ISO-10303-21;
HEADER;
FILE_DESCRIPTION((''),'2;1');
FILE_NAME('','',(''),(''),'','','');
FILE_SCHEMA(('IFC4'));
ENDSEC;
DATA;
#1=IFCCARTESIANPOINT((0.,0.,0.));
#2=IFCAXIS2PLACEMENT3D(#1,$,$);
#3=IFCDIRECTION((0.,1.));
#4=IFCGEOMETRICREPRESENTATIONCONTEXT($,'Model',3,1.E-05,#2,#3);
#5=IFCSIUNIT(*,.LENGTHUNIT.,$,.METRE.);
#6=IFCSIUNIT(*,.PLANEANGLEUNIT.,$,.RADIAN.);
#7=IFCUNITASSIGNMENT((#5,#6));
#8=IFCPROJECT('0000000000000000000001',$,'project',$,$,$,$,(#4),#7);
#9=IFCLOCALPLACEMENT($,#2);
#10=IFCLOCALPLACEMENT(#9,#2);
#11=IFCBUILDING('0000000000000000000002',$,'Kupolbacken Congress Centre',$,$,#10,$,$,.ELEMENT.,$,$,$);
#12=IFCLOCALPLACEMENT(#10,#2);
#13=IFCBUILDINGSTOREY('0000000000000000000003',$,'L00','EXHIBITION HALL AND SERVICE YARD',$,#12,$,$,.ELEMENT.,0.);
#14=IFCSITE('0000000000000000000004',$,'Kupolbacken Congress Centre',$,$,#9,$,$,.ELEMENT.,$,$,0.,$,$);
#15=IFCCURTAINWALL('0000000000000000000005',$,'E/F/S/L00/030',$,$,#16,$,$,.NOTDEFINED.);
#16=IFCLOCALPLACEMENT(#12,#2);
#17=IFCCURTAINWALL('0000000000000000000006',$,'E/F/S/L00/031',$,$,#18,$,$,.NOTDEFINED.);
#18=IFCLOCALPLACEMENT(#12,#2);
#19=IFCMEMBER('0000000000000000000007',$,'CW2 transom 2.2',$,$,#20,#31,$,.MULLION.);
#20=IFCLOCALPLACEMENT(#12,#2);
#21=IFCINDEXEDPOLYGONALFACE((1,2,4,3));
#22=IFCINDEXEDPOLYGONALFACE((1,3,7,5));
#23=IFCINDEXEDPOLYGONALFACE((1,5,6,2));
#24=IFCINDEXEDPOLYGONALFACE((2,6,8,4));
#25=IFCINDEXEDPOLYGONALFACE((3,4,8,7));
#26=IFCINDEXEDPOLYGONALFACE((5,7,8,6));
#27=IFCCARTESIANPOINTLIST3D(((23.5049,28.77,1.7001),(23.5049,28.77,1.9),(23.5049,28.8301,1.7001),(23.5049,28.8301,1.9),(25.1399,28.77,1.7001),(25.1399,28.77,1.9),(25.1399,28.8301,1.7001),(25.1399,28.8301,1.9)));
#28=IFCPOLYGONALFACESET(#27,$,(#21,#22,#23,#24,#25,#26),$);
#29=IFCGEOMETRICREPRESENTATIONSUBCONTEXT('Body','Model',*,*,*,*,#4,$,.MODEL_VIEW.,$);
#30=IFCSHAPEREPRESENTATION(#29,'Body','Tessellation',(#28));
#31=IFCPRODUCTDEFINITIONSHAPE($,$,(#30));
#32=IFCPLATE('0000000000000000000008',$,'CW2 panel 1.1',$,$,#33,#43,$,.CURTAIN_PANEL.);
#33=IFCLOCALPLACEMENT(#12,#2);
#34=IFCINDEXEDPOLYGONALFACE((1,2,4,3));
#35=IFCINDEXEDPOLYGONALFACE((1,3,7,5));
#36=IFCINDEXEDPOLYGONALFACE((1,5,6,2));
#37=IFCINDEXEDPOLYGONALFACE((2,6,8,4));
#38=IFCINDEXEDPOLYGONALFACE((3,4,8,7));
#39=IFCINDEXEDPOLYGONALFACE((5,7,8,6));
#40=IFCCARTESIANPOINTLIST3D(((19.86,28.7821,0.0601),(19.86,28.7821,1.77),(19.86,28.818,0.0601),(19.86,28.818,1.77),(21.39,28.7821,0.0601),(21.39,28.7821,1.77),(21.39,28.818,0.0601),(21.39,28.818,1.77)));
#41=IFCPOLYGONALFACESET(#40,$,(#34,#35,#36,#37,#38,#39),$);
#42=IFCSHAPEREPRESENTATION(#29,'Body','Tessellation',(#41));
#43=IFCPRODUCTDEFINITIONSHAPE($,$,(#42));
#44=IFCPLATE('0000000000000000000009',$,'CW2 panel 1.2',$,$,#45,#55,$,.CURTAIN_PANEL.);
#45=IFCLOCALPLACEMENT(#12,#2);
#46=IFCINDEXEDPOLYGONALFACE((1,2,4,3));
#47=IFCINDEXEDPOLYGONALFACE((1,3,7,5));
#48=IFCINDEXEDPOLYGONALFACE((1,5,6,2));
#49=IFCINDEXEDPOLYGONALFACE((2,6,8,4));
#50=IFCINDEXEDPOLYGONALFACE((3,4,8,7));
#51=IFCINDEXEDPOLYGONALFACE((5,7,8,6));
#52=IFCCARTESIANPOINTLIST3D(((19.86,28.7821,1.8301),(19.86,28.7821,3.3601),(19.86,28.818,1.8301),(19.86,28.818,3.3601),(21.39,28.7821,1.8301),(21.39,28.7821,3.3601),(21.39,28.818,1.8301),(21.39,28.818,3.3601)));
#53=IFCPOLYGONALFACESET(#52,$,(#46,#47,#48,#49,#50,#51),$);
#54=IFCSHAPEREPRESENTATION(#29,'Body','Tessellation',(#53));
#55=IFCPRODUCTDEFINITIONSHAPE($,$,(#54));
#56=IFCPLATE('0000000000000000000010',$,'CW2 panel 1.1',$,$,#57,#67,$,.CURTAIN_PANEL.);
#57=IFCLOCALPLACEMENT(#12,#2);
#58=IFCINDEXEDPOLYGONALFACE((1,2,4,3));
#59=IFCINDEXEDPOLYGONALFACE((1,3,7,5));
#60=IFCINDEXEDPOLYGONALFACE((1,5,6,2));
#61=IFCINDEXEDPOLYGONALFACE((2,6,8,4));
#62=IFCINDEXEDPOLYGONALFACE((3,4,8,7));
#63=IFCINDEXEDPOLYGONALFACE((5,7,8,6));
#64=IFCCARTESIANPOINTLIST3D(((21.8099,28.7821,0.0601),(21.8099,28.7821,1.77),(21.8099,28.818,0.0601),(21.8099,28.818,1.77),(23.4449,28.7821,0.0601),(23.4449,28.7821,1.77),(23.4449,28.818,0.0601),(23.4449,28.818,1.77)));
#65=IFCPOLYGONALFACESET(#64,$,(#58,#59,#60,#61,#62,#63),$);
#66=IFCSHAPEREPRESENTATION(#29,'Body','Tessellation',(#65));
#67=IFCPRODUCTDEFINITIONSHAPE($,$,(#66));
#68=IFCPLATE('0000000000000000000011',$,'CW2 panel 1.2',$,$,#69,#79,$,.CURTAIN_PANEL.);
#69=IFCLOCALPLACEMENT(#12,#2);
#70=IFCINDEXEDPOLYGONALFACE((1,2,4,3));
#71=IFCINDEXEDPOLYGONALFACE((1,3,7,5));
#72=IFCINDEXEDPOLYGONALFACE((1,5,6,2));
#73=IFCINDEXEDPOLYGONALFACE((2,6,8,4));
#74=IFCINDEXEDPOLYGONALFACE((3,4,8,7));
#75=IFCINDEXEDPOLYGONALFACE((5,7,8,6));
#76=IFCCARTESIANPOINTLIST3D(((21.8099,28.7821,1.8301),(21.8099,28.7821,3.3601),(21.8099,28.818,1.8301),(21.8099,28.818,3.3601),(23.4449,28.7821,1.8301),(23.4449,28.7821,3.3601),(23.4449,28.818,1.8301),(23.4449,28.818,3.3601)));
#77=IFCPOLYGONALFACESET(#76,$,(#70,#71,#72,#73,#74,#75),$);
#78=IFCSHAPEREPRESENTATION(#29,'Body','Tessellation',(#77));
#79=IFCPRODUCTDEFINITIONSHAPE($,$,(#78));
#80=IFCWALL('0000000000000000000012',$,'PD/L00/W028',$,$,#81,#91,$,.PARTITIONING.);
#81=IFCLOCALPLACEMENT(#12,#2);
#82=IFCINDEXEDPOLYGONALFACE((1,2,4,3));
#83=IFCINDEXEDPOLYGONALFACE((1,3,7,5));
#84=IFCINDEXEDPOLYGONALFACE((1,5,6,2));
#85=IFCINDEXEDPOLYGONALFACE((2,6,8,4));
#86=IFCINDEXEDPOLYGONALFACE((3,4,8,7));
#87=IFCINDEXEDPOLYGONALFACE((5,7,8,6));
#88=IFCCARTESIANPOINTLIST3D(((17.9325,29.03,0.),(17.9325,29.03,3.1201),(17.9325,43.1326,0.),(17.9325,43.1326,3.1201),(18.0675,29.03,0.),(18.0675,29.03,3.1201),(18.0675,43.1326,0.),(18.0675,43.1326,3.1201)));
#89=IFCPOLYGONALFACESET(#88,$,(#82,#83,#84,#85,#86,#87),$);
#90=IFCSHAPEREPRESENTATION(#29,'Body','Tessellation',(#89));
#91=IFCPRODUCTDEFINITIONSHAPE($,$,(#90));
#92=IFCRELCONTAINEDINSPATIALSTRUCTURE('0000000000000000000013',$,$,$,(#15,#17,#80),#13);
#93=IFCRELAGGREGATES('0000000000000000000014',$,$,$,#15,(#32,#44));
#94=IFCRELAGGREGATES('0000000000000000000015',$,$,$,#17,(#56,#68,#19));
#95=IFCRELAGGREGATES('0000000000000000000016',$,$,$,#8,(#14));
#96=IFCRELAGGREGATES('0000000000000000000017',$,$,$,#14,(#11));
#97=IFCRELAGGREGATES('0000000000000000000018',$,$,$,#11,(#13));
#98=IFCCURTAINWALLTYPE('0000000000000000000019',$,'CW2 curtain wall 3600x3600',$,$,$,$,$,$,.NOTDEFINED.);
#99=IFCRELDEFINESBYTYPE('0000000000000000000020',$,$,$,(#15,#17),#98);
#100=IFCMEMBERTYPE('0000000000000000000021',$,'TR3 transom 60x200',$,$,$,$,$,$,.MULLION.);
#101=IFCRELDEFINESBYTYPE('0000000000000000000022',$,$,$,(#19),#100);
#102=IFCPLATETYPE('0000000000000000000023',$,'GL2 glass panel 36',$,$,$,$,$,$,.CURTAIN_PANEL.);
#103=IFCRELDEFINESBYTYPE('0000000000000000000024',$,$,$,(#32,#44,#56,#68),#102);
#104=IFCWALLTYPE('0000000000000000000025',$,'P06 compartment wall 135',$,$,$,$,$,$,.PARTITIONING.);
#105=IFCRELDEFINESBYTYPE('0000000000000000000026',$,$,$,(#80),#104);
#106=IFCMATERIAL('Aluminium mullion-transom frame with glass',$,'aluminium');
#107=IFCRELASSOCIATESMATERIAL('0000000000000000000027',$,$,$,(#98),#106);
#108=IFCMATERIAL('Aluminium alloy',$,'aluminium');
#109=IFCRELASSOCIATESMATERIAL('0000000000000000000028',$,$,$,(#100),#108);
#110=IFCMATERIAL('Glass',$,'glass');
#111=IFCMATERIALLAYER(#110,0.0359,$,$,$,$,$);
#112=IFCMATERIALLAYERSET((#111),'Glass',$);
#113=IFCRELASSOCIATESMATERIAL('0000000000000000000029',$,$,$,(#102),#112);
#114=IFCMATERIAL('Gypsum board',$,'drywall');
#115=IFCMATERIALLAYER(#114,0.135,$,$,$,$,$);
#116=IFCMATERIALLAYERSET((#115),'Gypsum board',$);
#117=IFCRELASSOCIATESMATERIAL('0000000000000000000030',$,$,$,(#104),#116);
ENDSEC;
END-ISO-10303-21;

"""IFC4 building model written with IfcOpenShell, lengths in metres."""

from ifc_helpers import new_model, si_unit, direction, frame, frame_2d, origin, origin_2d, place, context, subcontext, project, spatial, rectangle, extrude, material, layer, layer_set, material_profile, profile_set, type_object, element, aggregate, save


model = new_model("IFC4")

# Units and contexts
model_context = context("Model", 3, precision=1e-05, world=origin(), true_north=direction((0.0, 1.0)))
body_context = subcontext(model_context, "Body", "Model", "MODEL_VIEW")
ifc_project = project(units=[si_unit("LENGTHUNIT", "METRE"), si_unit("PLANEANGLEUNIT", "RADIAN")], contexts=[model_context])

# Site, building, storey
site_placement = place(None, origin())
site = spatial("IfcSite", under=ifc_project, at=site_placement, Name="Kupolbacken Congress Centre", CompositionType="ELEMENT", RefElevation=0.0)
building_placement = place(site_placement, origin())
building = spatial("IfcBuilding", under=site, at=building_placement, Name="Kupolbacken Congress Centre", CompositionType="ELEMENT")
storey_placement = place(building_placement, origin())
storey = spatial("IfcBuildingStorey", under=building, at=storey_placement, Name="L00", Description="EXHIBITION HALL AND SERVICE YARD", CompositionType="ELEMENT", Elevation=0.0)

# Curtain walls
ifc_material_1 = material(Name="Aluminium mullion-transom frame with glass", Category="aluminium")
curtain_wall_type = type_object("IfcCurtainWallType", Name="CW2 curtain wall 3600x3600", PredefinedType="NOTDEFINED", material=ifc_material_1)
curtain_wall_1_placement = place(storey_placement, origin())
curtain_wall_1 = element("IfcCurtainWall", 1, at=curtain_wall_1_placement, inside=storey, type_object=curtain_wall_type, Name="E/F/S/L00/030", PredefinedType="NOTDEFINED")
curtain_wall_2_placement = place(storey_placement, origin())
curtain_wall_2 = element("IfcCurtainWall", 2, at=curtain_wall_2_placement, inside=storey, type_object=curtain_wall_type, Name="E/F/S/L00/031", PredefinedType="NOTDEFINED")

# Member
ifc_material_2 = material(Name="Aluminium alloy", Category="aluminium")
ifc_material_profile_1 = material_profile(ifc_material_2, rectangle(XDim=0.0601, YDim=0.2, at=origin_2d()), Name="60 x 200")
ifc_profile_set_1 = profile_set([ifc_material_profile_1], Name="Aluminium alloy")
member_type_1 = type_object("IfcMemberType", Name="TR3 transom 60x200", PredefinedType="MULLION", material=ifc_profile_set_1)
member_1_placement = place(storey_placement, frame((23.5049, 28.8, 1.8), z_axis=(1.0, 0.0, 0.0), x_axis=(0.0, 1.0, 0.0)))
member_1 = element("IfcMember", 3, at=member_1_placement, type_object=member_type_1, Name="CW2 transom 2.2", PredefinedType="MULLION", context=body_context, shape_type="SweptSolid", body=[
    extrude(rectangle(XDim=0.0601, YDim=0.2, at=origin_2d()), origin(), (0.0, 0.0, 1.0), 1.635),
])

# Plates
ifc_material_3 = material(Name="Glass", Category="glass")
ifc_layer_1 = layer(ifc_material_3, 0.0359)
ifc_layer_set_1 = layer_set([ifc_layer_1], Name="Glass")
plate_type = type_object("IfcPlateType", Name="GL2 glass panel 36", PredefinedType="CURTAIN_PANEL", material=ifc_layer_set_1)
plate_1_placement = place(storey_placement, frame((20.625, 28.8, 0.0601), z_axis=(0.0, 0.0, 1.0), x_axis=(1.0, 0.0, 0.0)))
plate_1 = element("IfcPlate", 4, at=plate_1_placement, type_object=plate_type, Name="CW2 panel 1.1", PredefinedType="CURTAIN_PANEL", context=body_context, shape_type="SweptSolid", body=[
    extrude(rectangle(XDim=1.53, YDim=0.0359, at=origin_2d()), origin(), (0.0, 0.0, 1.0), 1.71),
])
plate_2_placement = place(storey_placement, frame((20.625, 28.8, 1.8301), z_axis=(0.0, 0.0, 1.0), x_axis=(1.0, 0.0, 0.0)))
plate_2 = element("IfcPlate", 5, at=plate_2_placement, type_object=plate_type, Name="CW2 panel 1.2", PredefinedType="CURTAIN_PANEL", context=body_context, shape_type="SweptSolid", body=[
    extrude(rectangle(XDim=1.53, YDim=0.0359, at=origin_2d()), origin(), (0.0, 0.0, 1.0), 1.53),
])
aggregate(curtain_wall_1, [plate_1, plate_2])
plate_3_placement = place(storey_placement, frame((22.6274, 28.8, 0.0601), z_axis=(0.0, 0.0, 1.0), x_axis=(1.0, 0.0, 0.0)))
plate_3 = element("IfcPlate", 6, at=plate_3_placement, type_object=plate_type, Name="CW2 panel 1.1", PredefinedType="CURTAIN_PANEL", context=body_context, shape_type="SweptSolid", body=[
    extrude(rectangle(XDim=1.635, YDim=0.0359, at=origin_2d()), origin(), (0.0, 0.0, 1.0), 1.71),
])
plate_4_placement = place(storey_placement, frame((22.6274, 28.8, 1.8301), z_axis=(0.0, 0.0, 1.0), x_axis=(1.0, 0.0, 0.0)))
plate_4 = element("IfcPlate", 7, at=plate_4_placement, type_object=plate_type, Name="CW2 panel 1.2", PredefinedType="CURTAIN_PANEL", context=body_context, shape_type="SweptSolid", body=[
    extrude(rectangle(XDim=1.635, YDim=0.0359, at=origin_2d()), origin(), (0.0, 0.0, 1.0), 1.53),
])
aggregate(curtain_wall_2, [plate_3, plate_4, member_1])

# Wall
ifc_material_4 = material(Name="Gypsum board", Category="drywall")
ifc_layer_2 = layer(ifc_material_4, 0.135)
ifc_layer_set_2 = layer_set([ifc_layer_2], Name="Gypsum board")
wall_type = type_object("IfcWallType", Name="P06 compartment wall 135", PredefinedType="PARTITIONING", material=ifc_layer_set_2)
wall_placement = place(storey_placement, frame((18.0, 29.03, 0.0), z_axis=(0.0, 0.0, 1.0), x_axis=(0.0, 1.0, 0.0)))
element("IfcWall", 8, at=wall_placement, inside=storey, type_object=wall_type, Name="PD/L00/W028", PredefinedType="PARTITIONING", context=body_context, shape_type="SweptSolid", body=[
    extrude(rectangle(XDim=14.1025, YDim=0.135, at=frame_2d((7.0513, 0.0))), origin(), (0.0, 0.0, 1.0), 3.1201),
])

save(model, "model.ifc")
